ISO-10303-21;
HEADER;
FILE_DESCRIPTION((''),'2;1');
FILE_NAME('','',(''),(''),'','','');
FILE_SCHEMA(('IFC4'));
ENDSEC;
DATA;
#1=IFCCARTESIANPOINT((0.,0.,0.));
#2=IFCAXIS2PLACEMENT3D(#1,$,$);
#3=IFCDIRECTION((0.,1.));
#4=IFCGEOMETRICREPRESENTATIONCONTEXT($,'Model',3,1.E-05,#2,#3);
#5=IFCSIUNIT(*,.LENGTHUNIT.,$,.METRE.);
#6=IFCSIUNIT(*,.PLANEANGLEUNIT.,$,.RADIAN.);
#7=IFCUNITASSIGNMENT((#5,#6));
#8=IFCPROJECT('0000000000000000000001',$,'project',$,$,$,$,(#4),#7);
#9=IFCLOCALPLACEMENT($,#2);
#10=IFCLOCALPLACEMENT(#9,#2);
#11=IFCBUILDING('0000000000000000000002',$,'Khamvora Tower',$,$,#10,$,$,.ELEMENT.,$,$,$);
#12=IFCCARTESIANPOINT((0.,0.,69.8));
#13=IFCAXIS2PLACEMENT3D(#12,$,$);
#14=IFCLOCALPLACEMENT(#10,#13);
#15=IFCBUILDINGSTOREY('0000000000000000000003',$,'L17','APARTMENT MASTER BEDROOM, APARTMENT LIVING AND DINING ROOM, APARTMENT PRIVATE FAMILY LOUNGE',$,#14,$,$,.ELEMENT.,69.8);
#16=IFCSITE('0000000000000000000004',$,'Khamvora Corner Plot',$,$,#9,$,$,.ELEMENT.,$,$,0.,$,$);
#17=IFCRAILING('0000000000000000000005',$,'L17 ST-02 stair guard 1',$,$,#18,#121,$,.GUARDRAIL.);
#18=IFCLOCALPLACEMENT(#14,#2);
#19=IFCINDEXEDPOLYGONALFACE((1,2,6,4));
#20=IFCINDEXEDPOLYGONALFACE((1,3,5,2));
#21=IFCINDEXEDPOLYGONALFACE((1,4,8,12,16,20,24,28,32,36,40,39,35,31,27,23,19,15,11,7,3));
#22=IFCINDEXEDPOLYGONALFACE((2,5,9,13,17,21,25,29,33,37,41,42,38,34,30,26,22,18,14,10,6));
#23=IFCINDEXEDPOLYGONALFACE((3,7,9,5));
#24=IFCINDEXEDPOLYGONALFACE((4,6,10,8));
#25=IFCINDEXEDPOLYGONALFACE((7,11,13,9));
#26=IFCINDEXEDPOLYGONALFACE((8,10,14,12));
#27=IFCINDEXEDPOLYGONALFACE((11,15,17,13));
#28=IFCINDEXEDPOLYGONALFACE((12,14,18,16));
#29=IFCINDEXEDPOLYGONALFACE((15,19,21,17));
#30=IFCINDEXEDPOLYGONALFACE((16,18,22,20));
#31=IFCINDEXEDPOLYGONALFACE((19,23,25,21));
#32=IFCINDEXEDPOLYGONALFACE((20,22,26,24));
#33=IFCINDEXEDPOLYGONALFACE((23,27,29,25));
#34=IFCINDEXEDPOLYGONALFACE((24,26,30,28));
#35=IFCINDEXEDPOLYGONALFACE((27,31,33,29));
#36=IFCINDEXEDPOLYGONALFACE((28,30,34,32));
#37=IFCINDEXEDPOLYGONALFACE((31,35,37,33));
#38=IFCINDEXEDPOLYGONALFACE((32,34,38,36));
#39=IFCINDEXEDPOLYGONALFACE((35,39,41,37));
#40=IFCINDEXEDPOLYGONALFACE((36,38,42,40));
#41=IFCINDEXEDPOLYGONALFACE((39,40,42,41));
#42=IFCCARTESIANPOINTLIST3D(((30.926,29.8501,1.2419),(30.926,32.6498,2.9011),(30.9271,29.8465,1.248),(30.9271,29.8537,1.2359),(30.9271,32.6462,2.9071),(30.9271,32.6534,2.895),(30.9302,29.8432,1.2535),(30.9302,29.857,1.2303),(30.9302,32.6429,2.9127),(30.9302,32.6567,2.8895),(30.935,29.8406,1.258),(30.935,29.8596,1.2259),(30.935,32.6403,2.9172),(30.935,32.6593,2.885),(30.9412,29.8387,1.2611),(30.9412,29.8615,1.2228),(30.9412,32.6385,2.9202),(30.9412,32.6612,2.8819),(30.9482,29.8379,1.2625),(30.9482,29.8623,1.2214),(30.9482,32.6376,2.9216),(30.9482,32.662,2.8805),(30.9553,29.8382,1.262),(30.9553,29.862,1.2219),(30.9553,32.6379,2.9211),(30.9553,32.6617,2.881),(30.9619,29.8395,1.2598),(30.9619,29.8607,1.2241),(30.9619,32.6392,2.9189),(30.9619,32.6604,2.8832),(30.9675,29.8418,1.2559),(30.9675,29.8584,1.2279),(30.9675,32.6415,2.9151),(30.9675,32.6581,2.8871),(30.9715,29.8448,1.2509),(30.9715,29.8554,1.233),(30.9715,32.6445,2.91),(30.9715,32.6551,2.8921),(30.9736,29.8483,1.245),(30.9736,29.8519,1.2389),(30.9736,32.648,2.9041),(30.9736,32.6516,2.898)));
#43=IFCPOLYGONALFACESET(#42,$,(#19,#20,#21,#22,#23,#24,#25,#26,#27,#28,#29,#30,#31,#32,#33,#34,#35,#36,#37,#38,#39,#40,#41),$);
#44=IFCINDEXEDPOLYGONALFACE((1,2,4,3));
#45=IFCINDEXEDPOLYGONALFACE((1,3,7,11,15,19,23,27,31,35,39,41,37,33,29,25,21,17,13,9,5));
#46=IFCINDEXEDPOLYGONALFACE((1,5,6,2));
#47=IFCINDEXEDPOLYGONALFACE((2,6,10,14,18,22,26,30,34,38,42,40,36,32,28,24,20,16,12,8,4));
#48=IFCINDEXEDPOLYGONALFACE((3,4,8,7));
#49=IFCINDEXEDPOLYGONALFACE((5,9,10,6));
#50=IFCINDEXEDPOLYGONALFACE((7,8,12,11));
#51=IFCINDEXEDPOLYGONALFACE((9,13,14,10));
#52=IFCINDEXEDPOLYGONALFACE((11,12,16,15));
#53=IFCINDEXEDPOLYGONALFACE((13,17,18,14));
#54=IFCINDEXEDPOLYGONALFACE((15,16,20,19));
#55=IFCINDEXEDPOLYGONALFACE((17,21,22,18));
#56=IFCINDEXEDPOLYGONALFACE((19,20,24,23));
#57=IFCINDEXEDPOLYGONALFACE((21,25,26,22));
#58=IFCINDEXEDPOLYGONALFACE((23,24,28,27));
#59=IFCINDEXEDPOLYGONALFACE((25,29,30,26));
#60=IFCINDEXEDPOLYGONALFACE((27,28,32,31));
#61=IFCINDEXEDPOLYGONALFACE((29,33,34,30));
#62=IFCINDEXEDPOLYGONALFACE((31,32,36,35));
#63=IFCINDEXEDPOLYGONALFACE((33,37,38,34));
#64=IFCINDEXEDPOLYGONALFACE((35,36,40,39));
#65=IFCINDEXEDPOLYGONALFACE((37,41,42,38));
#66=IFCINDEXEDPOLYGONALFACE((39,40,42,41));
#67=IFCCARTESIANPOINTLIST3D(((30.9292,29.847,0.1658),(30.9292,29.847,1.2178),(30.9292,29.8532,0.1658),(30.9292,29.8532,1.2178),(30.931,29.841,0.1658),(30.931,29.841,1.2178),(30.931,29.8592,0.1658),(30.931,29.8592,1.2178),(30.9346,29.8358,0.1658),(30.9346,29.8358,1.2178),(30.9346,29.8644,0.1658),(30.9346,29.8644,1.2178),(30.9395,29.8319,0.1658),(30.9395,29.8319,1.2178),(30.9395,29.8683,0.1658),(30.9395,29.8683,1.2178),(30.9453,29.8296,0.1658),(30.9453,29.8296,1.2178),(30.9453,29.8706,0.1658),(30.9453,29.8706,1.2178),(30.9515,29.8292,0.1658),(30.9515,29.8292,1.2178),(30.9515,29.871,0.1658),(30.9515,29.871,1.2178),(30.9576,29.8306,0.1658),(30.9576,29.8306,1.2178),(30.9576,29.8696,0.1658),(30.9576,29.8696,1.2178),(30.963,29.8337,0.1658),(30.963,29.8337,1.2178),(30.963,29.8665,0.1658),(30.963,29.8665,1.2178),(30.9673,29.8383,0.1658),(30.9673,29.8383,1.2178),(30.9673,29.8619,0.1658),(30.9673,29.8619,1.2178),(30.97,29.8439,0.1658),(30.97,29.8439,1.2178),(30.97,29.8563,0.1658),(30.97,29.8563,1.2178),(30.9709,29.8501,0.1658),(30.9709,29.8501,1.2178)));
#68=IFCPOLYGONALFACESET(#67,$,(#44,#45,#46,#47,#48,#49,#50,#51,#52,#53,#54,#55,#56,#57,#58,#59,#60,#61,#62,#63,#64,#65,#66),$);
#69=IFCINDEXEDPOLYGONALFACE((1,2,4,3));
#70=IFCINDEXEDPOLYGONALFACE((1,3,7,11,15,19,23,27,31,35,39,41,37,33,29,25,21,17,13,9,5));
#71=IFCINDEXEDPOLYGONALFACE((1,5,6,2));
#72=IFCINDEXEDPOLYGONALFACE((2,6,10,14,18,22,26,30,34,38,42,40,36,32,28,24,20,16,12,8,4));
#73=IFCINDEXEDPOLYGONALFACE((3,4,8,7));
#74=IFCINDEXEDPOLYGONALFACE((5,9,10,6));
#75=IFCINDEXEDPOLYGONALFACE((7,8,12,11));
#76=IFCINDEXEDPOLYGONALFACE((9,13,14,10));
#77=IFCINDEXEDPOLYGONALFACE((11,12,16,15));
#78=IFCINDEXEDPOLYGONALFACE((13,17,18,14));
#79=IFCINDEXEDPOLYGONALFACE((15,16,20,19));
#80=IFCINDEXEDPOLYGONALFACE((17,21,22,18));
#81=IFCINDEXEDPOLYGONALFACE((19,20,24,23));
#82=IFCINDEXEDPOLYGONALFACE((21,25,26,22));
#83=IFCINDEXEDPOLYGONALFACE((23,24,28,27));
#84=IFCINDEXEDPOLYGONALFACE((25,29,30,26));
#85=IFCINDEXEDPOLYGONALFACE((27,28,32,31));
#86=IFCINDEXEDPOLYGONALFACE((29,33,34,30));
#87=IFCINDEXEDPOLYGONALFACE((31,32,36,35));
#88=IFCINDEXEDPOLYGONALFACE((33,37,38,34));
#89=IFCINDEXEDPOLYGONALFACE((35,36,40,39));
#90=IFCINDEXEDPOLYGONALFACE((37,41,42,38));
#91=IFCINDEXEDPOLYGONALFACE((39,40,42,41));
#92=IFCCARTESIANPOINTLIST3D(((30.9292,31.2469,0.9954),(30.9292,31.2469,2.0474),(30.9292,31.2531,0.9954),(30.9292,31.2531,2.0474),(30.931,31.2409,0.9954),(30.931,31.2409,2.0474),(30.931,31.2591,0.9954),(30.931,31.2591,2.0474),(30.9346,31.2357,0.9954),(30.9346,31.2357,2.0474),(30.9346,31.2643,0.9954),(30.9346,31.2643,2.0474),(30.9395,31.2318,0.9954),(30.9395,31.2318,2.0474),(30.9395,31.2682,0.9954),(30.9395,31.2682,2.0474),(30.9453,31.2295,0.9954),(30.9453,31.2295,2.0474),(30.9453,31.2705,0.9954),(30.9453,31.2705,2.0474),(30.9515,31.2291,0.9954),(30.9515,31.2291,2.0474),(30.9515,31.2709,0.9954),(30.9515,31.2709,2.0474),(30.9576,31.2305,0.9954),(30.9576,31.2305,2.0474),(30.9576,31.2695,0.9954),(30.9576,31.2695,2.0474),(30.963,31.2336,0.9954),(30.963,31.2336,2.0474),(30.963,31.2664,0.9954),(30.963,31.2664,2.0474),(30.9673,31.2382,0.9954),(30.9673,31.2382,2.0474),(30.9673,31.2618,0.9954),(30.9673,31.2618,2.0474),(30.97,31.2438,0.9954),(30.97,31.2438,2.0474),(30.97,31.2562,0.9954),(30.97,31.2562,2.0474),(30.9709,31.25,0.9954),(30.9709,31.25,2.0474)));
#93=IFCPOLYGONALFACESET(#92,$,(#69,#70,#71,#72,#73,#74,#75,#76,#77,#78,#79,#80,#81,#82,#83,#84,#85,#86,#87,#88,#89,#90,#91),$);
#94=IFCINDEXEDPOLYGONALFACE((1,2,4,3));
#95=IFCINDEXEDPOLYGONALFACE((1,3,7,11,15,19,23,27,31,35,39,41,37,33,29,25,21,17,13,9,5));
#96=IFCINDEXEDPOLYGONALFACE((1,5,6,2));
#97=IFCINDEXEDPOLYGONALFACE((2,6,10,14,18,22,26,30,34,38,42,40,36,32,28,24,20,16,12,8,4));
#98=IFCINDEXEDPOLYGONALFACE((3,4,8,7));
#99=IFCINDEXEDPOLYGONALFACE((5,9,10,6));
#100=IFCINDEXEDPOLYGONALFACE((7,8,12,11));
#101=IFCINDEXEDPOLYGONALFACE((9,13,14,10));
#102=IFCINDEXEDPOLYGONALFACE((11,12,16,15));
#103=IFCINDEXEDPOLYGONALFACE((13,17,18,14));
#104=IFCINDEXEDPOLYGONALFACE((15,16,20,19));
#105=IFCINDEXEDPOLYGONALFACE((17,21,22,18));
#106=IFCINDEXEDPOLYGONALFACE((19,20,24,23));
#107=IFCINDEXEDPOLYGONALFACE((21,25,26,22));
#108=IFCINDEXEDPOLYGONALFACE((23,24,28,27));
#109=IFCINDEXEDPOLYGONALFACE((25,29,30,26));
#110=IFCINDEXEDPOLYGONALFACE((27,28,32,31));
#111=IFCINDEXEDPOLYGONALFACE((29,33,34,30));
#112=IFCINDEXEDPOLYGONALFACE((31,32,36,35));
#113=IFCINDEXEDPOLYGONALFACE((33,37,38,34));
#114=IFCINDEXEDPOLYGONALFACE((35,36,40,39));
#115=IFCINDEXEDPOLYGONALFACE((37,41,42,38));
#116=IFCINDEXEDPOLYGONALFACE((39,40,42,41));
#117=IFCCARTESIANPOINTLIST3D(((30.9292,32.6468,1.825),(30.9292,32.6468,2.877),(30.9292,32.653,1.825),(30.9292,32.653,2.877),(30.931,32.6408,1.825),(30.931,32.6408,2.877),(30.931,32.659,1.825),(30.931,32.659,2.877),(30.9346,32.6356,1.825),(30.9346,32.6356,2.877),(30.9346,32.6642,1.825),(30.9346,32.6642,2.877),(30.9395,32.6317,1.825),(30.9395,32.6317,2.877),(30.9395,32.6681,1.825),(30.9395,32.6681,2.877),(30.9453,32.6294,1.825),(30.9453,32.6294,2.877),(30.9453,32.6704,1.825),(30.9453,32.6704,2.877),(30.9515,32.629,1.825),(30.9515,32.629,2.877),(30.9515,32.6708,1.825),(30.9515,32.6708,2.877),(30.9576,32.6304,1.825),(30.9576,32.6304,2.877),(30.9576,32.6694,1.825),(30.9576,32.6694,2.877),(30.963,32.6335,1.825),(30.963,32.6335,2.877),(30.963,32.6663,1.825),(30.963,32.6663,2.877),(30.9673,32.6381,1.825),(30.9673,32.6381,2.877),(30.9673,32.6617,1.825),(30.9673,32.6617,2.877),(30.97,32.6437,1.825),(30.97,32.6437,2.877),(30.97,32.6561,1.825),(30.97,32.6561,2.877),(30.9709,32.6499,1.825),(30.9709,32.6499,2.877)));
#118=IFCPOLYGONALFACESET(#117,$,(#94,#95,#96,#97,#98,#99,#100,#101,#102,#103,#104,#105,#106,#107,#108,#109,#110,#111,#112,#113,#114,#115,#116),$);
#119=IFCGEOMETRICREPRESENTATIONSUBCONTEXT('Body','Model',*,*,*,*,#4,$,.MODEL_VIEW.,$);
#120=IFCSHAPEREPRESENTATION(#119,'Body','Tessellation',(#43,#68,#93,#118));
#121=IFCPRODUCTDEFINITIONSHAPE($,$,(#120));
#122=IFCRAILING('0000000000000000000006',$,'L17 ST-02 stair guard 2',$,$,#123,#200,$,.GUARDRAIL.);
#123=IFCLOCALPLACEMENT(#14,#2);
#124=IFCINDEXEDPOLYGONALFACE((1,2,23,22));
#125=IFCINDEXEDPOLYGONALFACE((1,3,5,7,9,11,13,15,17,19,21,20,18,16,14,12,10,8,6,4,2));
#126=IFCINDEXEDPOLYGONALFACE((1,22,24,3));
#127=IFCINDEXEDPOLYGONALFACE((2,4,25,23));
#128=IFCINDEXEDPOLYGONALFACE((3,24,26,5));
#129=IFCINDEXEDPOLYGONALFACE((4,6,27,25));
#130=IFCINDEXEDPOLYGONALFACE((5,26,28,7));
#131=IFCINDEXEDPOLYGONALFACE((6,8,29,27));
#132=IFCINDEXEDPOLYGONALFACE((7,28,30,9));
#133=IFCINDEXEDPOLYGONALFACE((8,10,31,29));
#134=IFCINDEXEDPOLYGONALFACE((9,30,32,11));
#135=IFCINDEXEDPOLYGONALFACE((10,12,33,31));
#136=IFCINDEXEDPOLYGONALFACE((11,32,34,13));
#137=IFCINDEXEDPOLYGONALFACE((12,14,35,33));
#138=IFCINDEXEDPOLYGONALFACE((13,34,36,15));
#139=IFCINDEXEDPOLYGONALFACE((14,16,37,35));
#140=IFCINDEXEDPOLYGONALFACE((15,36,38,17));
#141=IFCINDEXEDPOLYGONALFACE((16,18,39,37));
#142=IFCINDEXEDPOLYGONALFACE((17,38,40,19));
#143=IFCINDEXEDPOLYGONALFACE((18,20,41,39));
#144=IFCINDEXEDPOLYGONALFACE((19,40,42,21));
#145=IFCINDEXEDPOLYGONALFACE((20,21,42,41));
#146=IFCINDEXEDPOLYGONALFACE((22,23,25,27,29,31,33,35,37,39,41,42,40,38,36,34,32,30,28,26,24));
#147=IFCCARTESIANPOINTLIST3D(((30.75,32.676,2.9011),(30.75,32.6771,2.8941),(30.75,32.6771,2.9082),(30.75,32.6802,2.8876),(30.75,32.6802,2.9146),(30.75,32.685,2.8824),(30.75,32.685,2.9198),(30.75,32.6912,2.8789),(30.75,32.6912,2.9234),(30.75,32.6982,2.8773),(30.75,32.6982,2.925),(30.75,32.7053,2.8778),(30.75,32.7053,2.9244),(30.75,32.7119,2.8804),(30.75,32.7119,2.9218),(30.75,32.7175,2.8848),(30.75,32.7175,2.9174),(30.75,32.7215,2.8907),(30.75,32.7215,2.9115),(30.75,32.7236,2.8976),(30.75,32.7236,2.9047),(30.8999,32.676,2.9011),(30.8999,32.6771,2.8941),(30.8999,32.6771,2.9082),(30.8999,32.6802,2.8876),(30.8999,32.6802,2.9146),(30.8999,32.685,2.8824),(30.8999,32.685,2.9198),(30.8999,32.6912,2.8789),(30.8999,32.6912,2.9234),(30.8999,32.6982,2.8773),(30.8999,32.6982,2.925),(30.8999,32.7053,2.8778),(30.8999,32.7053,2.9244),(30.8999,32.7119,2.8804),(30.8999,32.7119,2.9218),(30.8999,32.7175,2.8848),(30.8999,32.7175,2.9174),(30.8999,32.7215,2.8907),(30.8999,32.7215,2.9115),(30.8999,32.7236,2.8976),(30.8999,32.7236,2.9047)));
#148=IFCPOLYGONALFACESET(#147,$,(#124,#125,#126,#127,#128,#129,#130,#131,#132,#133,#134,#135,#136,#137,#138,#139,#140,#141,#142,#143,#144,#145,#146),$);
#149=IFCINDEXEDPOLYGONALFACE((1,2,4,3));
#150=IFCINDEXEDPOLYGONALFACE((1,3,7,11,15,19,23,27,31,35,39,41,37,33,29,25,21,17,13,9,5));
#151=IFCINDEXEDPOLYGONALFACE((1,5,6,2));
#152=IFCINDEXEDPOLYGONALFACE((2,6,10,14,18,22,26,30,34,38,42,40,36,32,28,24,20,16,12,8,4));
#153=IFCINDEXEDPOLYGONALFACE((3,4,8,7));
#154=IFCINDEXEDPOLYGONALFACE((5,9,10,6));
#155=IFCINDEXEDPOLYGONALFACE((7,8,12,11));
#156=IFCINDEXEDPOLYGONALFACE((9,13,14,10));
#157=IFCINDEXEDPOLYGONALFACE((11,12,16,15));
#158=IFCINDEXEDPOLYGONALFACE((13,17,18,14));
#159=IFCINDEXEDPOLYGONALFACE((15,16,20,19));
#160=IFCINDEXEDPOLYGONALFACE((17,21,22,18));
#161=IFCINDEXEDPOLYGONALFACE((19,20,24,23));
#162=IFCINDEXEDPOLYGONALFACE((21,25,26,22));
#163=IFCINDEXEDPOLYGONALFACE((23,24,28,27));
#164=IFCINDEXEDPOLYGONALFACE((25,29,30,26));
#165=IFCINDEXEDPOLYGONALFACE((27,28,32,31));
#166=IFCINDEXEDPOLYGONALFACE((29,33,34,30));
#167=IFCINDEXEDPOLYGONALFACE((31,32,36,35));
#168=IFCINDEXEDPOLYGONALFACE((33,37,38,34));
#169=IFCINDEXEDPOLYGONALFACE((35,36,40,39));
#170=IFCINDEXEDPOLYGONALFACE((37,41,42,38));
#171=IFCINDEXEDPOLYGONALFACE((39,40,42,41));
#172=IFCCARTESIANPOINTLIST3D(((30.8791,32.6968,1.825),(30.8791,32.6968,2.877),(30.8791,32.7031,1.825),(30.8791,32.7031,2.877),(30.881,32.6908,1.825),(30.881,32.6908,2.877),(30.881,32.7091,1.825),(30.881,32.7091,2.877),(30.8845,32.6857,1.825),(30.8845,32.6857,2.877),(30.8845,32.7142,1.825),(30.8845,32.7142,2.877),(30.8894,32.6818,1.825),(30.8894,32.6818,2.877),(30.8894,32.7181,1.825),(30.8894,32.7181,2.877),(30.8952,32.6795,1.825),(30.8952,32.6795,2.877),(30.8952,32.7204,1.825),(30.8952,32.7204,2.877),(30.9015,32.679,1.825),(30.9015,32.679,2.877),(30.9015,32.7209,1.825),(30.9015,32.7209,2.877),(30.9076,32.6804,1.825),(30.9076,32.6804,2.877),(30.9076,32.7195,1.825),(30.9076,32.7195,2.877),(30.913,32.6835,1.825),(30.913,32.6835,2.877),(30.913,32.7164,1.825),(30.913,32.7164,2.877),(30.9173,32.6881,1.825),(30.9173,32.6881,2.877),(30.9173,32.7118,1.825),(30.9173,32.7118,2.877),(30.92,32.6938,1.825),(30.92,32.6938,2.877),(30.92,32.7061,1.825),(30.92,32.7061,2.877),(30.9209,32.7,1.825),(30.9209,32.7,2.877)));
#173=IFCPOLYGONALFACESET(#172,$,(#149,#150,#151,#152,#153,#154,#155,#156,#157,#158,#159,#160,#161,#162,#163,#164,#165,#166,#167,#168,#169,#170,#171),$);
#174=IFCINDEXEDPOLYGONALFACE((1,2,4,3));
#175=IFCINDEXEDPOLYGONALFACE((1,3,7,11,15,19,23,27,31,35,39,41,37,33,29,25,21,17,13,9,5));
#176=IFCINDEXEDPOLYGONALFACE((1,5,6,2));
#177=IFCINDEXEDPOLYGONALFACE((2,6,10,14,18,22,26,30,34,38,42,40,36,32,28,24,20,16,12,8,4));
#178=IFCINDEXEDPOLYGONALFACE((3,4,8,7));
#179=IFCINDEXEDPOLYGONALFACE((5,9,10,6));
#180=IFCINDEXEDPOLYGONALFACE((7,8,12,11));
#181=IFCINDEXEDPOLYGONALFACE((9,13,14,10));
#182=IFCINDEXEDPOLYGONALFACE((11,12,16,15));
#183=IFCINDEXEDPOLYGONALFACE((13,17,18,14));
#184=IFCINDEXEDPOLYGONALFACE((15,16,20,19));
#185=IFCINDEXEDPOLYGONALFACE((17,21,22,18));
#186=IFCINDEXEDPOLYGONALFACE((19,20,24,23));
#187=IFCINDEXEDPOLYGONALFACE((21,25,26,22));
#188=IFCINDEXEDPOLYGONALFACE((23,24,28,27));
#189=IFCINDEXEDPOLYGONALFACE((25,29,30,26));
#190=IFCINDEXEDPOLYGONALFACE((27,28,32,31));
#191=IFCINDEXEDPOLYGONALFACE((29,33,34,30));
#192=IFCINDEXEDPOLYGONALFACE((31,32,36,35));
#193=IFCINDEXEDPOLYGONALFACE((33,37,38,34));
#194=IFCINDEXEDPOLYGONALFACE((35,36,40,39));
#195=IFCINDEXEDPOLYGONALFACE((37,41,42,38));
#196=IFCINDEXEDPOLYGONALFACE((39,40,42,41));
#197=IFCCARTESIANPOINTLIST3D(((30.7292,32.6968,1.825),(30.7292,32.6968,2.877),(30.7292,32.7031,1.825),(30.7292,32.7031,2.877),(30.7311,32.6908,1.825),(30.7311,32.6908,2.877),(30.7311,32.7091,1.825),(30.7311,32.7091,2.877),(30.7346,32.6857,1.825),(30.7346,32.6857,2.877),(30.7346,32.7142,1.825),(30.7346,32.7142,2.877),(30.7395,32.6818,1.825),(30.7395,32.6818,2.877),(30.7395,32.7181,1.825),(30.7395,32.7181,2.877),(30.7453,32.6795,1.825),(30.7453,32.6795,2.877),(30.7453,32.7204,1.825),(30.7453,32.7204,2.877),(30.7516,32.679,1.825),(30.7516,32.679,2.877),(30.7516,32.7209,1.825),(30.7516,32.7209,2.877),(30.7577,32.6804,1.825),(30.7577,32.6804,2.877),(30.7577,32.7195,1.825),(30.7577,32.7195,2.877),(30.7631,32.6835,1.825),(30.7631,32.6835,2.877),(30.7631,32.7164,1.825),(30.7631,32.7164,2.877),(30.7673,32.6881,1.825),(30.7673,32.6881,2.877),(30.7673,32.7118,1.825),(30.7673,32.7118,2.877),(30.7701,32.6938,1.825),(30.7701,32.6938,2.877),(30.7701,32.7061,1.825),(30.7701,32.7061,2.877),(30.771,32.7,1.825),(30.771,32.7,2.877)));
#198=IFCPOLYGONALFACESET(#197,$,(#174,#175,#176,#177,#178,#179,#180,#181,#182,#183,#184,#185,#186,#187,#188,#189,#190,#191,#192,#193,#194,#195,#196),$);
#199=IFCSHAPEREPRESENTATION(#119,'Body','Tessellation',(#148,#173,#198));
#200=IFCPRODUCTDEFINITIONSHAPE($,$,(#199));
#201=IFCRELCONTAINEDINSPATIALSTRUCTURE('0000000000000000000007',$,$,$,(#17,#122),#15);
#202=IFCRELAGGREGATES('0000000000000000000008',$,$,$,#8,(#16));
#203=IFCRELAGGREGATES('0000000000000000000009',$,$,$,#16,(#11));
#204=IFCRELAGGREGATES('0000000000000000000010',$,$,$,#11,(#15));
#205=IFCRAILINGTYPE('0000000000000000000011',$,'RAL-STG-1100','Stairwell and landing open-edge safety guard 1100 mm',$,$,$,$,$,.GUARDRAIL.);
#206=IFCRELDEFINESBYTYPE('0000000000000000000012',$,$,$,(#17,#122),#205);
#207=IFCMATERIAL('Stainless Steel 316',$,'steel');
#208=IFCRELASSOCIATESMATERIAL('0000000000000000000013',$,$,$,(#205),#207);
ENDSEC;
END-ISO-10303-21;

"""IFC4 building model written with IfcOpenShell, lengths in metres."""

from ifc_helpers import new_model, si_unit, direction, frame, origin, origin_2d, place, context, subcontext, project, spatial, circle, extrude, material, type_object, element, save


model = new_model("IFC4")

# Units and contexts
model_context = context("Model", 3, precision=1e-05, world=origin(), true_north=direction((0.0, 1.0)))
body_context = subcontext(model_context, "Body", "Model", "MODEL_VIEW")
ifc_project = project(units=[si_unit("LENGTHUNIT", "METRE"), si_unit("PLANEANGLEUNIT", "RADIAN")], contexts=[model_context])

# Site, building, storey
site_placement = place(None, origin())
site = spatial("IfcSite", under=ifc_project, at=site_placement, Name="Khamvora Corner Plot", CompositionType="ELEMENT", RefElevation=0.0)
building_placement = place(site_placement, origin())
building = spatial("IfcBuilding", under=site, at=building_placement, Name="Khamvora Tower", CompositionType="ELEMENT")
storey_placement = place(building_placement, frame((0.0, 0.0, 69.8)))
storey = spatial("IfcBuildingStorey", under=building, at=storey_placement, Name="L17", Description="APARTMENT MASTER BEDROOM, APARTMENT LIVING AND DINING ROOM, APARTMENT PRIVATE FAMILY LOUNGE", CompositionType="ELEMENT", Elevation=69.8)

# Railings
ifc_material_1 = material(Name="Stainless Steel 316", Category="steel")
railing_type_1 = type_object("IfcRailingType", Name="RAL-STG-1100", Description="Stairwell and landing open-edge safety guard 1100 mm", PredefinedType="GUARDRAIL", material=ifc_material_1)
railing_1_placement = place(storey_placement, frame((30.95, 29.8501, 0.1658)))
element("IfcRailing", 1, at=railing_1_placement, inside=storey, type_object=railing_type_1, Name="L17 ST-02 stair guard 1", PredefinedType="GUARDRAIL", context=body_context, shape_type="SweptSolid", body=[
    extrude(circle(Radius=0.0239, at=origin_2d()), frame((0.0, 0.0, 1.0762), z_axis=(0.0, 0.860287, 0.509811), x_axis=(-1.0, 0.0, 0.0)), (0.0, 0.0, 1.0), 3.2544),
    extrude(circle(Radius=0.021, at=origin_2d()), origin(), (0.0, 0.0, 1.0), 1.052),
    extrude(circle(Radius=0.021, at=origin_2d()), frame((0.0, 1.3999, 0.8296)), (0.0, 0.0, 1.0), 1.052),
    extrude(circle(Radius=0.021, at=origin_2d()), frame((0.0, 2.7998, 1.6592)), (0.0, 0.0, 1.0), 1.052),
])
railing_2_placement = place(storey_placement, frame((30.8999, 32.7, 1.825)))
element("IfcRailing", 2, at=railing_2_placement, inside=storey, type_object=railing_type_1, Name="L17 ST-02 stair guard 2", PredefinedType="GUARDRAIL", context=body_context, shape_type="SweptSolid", body=[
    extrude(circle(Radius=0.0239, at=origin_2d()), frame((0.0, 0.0, 1.0762), z_axis=(-1.0, 0.0, 0.0), x_axis=(0.0, -1.0, 0.0)), (0.0, 0.0, 1.0), 0.1499),
    extrude(circle(Radius=0.021, at=origin_2d()), origin(), (0.0, 0.0, 1.0), 1.052),
    extrude(circle(Radius=0.021, at=origin_2d()), frame((-0.1499, 0.0, 0.0)), (0.0, 0.0, 1.0), 1.052),
])

save(model, "model.ifc")
